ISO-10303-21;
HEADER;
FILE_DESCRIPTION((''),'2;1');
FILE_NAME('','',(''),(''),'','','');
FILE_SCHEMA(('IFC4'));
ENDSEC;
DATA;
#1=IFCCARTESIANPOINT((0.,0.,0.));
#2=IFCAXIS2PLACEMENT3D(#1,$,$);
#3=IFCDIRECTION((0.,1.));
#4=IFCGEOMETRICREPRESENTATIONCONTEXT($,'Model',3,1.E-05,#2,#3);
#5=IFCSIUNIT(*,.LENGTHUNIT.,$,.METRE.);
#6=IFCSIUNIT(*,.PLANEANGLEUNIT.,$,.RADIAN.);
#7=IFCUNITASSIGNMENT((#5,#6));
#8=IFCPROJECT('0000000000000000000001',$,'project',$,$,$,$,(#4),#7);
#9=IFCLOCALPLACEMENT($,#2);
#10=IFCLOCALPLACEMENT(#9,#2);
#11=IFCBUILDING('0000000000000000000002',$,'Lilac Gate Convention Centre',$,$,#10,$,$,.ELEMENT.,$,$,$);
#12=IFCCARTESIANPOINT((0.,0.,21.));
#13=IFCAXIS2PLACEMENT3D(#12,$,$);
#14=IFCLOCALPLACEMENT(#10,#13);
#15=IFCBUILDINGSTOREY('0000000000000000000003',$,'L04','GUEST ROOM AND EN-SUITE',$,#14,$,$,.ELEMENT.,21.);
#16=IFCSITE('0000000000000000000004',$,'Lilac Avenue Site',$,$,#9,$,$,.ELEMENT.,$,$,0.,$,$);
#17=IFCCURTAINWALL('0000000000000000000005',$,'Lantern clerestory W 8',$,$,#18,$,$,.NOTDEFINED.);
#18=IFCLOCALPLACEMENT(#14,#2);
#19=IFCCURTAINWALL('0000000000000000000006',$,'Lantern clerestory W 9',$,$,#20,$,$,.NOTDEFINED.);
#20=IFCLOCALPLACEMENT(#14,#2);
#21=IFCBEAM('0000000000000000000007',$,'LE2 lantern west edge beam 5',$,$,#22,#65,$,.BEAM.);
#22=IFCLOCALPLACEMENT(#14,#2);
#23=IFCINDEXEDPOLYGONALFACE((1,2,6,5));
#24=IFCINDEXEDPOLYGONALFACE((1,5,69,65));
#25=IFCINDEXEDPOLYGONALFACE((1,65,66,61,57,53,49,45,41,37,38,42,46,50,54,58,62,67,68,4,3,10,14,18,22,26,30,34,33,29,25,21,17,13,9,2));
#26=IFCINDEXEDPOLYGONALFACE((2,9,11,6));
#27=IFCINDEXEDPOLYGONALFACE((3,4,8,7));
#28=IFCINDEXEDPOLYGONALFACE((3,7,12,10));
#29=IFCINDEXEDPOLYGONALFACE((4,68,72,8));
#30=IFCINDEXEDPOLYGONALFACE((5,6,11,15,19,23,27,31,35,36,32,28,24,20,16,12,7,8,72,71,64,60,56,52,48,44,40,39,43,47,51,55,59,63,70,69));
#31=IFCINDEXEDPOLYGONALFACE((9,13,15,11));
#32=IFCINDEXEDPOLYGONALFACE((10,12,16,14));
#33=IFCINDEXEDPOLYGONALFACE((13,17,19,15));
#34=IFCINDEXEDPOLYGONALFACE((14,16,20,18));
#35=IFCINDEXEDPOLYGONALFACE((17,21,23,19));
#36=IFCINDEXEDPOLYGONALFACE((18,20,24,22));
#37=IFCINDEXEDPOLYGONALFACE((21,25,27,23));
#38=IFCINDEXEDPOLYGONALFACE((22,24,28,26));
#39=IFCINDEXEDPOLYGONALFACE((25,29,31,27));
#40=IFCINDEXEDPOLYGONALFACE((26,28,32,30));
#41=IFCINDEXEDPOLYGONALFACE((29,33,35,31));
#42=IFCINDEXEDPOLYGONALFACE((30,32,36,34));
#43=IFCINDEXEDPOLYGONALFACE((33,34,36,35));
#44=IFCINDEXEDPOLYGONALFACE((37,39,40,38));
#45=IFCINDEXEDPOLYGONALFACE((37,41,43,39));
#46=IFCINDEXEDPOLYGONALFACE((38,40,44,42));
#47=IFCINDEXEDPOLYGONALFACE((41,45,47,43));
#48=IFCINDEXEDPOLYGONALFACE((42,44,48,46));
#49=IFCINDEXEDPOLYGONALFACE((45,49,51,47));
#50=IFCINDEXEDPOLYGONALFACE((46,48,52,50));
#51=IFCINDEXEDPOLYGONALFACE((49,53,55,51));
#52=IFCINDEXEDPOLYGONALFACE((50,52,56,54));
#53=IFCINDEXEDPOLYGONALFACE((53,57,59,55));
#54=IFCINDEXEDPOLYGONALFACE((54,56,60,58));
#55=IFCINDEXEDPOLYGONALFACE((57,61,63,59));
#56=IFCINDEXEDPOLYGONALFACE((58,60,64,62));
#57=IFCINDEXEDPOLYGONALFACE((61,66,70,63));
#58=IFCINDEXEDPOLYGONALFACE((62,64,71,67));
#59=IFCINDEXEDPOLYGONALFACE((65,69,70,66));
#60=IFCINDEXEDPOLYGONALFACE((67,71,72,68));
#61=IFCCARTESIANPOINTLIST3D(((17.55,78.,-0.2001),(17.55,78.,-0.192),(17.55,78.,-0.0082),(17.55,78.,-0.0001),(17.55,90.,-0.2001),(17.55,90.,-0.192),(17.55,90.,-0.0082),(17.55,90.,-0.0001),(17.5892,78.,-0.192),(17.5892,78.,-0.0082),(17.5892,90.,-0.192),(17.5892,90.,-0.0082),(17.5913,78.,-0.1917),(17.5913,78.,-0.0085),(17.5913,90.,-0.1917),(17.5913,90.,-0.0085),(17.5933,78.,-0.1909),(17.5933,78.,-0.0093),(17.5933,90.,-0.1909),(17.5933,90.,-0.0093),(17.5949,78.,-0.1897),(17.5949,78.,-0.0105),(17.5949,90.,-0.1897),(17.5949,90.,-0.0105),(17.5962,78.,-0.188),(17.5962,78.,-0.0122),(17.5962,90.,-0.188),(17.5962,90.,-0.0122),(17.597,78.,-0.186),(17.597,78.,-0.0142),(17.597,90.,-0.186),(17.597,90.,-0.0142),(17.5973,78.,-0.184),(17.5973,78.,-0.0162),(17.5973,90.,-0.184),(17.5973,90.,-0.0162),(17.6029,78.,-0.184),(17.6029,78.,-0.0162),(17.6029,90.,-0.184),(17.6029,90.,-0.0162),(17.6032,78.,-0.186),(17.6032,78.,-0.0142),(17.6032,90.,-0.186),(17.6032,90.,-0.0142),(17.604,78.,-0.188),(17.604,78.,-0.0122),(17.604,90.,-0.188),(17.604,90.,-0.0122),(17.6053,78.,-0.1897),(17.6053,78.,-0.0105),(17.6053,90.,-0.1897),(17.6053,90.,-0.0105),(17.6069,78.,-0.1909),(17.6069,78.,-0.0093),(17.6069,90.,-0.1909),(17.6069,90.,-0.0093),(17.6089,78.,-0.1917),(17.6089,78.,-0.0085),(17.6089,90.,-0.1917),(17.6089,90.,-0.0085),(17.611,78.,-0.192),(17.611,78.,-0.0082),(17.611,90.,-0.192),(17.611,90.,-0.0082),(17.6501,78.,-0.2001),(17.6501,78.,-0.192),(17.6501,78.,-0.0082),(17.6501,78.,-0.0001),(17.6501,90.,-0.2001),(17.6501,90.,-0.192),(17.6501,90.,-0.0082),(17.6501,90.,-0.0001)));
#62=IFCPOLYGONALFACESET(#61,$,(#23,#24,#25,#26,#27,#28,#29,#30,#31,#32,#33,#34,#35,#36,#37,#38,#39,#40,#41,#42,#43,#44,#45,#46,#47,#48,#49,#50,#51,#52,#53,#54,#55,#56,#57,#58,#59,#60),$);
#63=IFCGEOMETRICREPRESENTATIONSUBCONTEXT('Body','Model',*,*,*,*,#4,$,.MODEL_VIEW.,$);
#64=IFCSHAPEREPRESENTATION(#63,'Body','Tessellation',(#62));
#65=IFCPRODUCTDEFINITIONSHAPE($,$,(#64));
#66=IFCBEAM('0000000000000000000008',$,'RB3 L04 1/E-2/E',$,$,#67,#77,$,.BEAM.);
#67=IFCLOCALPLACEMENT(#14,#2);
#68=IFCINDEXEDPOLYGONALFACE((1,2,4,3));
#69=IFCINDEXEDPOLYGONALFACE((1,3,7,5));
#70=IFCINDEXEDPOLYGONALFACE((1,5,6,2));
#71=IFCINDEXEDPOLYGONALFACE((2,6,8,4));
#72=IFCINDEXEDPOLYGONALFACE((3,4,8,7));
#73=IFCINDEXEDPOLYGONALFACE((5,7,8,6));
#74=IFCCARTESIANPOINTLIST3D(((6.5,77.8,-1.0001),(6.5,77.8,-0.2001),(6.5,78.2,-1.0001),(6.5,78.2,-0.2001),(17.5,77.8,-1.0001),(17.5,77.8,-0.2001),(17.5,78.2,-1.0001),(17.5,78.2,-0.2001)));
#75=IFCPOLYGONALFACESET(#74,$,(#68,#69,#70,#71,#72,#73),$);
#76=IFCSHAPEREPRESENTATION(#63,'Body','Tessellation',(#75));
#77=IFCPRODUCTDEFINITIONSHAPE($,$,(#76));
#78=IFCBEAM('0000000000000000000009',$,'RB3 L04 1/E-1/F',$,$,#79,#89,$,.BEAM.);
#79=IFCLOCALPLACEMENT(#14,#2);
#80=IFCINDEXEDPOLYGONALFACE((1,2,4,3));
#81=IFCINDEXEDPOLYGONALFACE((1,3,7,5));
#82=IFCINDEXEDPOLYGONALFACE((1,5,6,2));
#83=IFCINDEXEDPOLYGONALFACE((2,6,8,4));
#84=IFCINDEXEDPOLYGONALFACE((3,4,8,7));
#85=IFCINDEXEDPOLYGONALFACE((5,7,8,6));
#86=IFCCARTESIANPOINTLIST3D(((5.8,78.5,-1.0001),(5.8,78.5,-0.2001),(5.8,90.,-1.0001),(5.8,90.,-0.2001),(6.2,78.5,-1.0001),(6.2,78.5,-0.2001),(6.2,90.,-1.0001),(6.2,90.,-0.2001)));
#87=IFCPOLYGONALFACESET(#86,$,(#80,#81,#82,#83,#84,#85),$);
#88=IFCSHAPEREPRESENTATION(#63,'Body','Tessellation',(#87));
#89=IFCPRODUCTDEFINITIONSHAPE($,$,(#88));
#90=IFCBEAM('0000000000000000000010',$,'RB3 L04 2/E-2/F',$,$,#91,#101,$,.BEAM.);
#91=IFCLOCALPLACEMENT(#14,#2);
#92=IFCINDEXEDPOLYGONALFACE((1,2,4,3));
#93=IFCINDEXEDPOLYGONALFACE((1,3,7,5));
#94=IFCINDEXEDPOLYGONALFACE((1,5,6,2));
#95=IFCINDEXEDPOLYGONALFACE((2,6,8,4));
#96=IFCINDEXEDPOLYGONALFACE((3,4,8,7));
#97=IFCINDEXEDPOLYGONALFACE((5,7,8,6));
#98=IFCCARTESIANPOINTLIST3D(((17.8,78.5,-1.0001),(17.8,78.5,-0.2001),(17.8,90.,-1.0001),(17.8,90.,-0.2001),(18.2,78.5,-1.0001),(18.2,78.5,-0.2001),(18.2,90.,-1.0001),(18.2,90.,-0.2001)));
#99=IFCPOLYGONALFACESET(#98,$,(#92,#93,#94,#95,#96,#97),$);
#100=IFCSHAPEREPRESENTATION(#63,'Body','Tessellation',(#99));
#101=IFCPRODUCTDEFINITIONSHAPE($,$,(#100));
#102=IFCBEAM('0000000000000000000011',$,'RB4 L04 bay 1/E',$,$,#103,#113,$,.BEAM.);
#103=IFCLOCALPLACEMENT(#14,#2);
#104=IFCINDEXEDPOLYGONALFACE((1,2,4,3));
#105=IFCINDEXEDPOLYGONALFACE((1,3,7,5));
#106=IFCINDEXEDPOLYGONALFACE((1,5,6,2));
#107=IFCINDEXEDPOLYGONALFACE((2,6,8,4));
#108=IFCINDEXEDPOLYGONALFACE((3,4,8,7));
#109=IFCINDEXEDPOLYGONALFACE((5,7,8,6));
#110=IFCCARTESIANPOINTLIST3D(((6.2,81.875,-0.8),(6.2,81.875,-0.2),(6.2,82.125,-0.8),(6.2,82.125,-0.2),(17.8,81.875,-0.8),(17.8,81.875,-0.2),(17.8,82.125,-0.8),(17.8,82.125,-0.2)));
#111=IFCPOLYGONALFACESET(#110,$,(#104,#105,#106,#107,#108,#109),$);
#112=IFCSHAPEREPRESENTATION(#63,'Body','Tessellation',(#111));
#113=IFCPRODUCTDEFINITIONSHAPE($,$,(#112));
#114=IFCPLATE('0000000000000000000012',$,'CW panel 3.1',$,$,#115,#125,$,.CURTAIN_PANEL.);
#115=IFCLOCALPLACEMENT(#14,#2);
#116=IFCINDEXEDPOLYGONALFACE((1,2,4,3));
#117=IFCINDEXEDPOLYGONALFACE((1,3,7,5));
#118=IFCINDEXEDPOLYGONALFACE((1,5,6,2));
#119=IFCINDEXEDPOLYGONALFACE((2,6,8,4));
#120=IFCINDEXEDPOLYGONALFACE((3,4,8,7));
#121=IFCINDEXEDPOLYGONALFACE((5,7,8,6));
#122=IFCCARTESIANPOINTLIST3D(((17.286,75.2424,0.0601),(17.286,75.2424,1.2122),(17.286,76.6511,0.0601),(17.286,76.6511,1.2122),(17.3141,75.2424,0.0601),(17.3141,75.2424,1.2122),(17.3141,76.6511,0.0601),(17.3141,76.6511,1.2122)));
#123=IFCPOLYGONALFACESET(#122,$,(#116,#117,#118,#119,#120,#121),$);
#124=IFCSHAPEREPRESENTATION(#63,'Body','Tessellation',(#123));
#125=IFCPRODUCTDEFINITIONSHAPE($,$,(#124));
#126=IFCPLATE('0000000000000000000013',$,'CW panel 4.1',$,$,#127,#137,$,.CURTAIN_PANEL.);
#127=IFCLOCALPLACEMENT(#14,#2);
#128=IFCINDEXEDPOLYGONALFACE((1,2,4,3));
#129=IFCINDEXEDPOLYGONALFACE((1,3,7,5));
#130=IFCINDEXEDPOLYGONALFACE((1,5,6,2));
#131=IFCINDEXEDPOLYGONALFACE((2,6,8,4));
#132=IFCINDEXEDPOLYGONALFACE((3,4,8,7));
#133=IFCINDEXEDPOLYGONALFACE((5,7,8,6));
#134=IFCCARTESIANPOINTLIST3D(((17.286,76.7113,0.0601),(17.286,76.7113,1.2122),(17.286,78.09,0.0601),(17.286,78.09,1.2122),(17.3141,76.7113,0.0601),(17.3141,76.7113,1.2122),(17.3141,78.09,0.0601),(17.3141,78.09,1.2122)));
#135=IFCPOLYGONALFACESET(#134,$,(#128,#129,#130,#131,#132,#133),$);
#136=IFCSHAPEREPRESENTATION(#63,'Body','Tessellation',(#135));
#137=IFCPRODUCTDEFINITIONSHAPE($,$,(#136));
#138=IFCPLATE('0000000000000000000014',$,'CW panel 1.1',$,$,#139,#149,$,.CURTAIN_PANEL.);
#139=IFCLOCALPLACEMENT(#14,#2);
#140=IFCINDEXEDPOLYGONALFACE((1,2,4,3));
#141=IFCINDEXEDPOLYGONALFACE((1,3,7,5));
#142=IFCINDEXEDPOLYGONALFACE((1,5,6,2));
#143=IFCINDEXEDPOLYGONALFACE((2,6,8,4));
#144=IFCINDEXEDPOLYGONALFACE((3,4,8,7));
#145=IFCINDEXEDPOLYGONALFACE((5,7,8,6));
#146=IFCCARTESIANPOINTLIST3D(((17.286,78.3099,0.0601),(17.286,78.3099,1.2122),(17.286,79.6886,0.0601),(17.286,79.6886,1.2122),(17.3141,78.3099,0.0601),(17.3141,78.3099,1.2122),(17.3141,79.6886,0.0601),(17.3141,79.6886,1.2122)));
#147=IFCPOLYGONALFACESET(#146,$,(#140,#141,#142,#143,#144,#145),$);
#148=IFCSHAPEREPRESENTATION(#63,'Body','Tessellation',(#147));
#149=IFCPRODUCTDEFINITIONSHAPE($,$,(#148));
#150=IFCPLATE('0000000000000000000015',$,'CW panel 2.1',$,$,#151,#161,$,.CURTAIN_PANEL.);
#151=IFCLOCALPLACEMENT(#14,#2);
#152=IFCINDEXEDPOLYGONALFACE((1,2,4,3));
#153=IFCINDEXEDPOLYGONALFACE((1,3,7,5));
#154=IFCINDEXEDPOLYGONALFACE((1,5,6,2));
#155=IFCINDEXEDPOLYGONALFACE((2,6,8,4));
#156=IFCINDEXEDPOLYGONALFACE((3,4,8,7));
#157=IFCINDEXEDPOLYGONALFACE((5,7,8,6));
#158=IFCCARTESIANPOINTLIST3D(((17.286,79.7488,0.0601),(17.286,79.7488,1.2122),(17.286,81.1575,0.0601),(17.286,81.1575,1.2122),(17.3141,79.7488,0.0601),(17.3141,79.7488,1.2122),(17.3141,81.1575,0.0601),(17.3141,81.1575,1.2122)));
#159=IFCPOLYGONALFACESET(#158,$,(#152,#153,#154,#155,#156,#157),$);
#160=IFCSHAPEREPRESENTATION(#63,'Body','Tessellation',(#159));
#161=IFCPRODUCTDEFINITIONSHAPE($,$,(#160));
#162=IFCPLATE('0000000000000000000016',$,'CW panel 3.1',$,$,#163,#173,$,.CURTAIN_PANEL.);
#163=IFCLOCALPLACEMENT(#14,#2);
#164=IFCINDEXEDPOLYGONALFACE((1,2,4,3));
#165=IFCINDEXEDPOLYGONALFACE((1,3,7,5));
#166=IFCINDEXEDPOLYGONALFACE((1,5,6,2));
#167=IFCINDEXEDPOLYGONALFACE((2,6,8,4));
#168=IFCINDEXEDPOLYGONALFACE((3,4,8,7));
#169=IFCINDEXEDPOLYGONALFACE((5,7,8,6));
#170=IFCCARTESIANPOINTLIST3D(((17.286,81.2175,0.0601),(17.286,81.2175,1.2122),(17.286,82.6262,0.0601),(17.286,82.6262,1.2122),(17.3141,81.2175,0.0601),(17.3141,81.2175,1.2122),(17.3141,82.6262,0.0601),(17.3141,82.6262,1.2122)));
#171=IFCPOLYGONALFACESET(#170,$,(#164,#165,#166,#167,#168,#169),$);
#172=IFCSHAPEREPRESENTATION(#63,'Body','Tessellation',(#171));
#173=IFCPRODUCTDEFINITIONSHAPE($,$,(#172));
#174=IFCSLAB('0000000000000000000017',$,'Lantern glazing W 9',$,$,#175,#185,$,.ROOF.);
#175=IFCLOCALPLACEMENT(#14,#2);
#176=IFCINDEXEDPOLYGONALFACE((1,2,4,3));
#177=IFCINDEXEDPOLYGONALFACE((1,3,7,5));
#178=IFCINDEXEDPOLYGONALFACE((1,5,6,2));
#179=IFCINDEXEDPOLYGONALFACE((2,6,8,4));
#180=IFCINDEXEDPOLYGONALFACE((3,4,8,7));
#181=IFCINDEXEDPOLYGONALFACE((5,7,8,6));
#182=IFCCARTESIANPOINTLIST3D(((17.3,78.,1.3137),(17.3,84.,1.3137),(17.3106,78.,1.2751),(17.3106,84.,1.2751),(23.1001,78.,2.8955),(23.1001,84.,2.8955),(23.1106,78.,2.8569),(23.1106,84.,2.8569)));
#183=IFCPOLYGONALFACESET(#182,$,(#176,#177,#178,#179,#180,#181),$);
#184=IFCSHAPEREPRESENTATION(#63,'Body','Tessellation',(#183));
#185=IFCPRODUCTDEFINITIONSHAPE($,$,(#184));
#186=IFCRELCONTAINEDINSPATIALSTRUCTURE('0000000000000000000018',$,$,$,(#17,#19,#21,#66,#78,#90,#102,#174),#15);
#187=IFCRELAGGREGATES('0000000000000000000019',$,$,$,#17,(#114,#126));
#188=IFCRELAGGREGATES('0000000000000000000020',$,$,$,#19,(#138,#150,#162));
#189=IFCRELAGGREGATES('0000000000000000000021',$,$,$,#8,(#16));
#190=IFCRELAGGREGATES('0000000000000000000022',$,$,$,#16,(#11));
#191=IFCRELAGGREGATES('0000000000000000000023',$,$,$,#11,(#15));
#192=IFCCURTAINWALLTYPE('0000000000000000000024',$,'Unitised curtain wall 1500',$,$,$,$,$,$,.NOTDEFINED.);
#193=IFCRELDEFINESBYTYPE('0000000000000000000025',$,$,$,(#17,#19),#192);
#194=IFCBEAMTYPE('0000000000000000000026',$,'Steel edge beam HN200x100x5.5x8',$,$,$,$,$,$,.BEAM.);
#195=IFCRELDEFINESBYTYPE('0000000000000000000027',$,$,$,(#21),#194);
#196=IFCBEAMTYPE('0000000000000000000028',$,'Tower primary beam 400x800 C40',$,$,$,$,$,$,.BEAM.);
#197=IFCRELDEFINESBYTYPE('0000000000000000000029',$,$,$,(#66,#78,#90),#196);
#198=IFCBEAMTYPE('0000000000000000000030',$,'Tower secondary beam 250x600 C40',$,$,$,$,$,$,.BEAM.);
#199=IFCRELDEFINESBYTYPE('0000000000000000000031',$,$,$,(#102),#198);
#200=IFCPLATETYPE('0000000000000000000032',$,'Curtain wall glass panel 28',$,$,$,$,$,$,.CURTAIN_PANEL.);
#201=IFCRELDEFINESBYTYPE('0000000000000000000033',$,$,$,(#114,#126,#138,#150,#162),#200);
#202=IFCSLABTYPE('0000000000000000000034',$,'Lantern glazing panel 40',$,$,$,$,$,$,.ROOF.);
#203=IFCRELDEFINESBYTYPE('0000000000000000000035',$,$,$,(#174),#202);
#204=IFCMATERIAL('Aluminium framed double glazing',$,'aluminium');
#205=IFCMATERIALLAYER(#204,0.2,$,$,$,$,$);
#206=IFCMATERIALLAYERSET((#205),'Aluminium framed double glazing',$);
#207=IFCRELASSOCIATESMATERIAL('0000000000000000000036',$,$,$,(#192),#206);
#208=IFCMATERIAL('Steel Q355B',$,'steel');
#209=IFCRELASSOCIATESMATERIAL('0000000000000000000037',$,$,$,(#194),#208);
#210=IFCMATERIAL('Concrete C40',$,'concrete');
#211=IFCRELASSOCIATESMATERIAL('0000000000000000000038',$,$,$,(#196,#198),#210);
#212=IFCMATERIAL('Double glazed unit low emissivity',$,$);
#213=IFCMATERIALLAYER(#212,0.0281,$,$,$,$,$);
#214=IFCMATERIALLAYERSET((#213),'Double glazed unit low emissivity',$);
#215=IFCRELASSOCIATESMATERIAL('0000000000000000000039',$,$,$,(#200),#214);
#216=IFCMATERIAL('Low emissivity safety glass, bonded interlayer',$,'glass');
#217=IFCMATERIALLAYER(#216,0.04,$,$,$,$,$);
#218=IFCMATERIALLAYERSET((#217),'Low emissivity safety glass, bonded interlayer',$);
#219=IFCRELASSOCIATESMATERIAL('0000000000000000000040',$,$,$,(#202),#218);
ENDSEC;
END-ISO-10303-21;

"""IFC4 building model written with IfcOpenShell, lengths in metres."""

from ifc_helpers import new_model, si_unit, direction, frame, origin, origin_2d, place, context, subcontext, project, spatial, polyline, rectangle, i_section, outline, extrude, material, layer, layer_set, material_profile, profile_set, type_object, element, aggregate, save


model = new_model("IFC4")

# Units and contexts
model_context = context("Model", 3, precision=1e-05, world=origin(), true_north=direction((0.0, 1.0)))
body_context = subcontext(model_context, "Body", "Model", "MODEL_VIEW")
ifc_project = project(units=[si_unit("LENGTHUNIT", "METRE"), si_unit("PLANEANGLEUNIT", "RADIAN")], contexts=[model_context])

# Site, building, storey
site_placement = place(None, origin())
site = spatial("IfcSite", under=ifc_project, at=site_placement, Name="Lilac Avenue Site", CompositionType="ELEMENT", RefElevation=0.0)
building_placement = place(site_placement, origin())
building = spatial("IfcBuilding", under=site, at=building_placement, Name="Lilac Gate Convention Centre", CompositionType="ELEMENT")
storey_placement = place(building_placement, frame((0.0, 0.0, 21.0)))
storey = spatial("IfcBuildingStorey", under=building, at=storey_placement, Name="L04", Description="GUEST ROOM AND EN-SUITE", CompositionType="ELEMENT", Elevation=21.0)

# Curtain walls
ifc_material_1 = material(Name="Aluminium framed double glazing", Category="aluminium")
ifc_layer_1 = layer(ifc_material_1, 0.2)
ifc_layer_set_1 = layer_set([ifc_layer_1], Name="Aluminium framed double glazing")
curtain_wall_type = type_object("IfcCurtainWallType", Name="Unitised curtain wall 1500", PredefinedType="NOTDEFINED", material=ifc_layer_set_1)
curtain_wall_1_placement = place(storey_placement, origin())
curtain_wall_1 = element("IfcCurtainWall", 1, at=curtain_wall_1_placement, inside=storey, type_object=curtain_wall_type, Name="Lantern clerestory W 8", PredefinedType="NOTDEFINED")
curtain_wall_2_placement = place(storey_placement, origin())
curtain_wall_2 = element("IfcCurtainWall", 2, at=curtain_wall_2_placement, inside=storey, type_object=curtain_wall_type, Name="Lantern clerestory W 9", PredefinedType="NOTDEFINED")

# Shared definitions
ifc_material_2 = material(Name="Steel Q355B", Category="steel")

# Beams
ifc_material_profile_1 = material_profile(ifc_material_2, i_section(OverallWidth=0.1001, OverallDepth=0.2, WebThickness=0.0056, FlangeThickness=0.0081, FilletRadius=0.0081, at=origin_2d()), Name="HN200x100x5.5x8")
ifc_profile_set_1 = profile_set([ifc_material_profile_1], Name="Steel Q355B")
beam_type_1 = type_object("IfcBeamType", Name="Steel edge beam HN200x100x5.5x8", PredefinedType="BEAM", material=ifc_profile_set_1)
beam_1_placement = place(storey_placement, frame((17.6001, 78.0, -0.1001), z_axis=(0.0, 1.0, 0.0), x_axis=(-1.0, 0.0, 0.0)))
element("IfcBeam", 3, at=beam_1_placement, inside=storey, type_object=beam_type_1, Name="LE2 lantern west edge beam 5", PredefinedType="BEAM", context=body_context, shape_type="SweptSolid", body=[
    extrude(i_section(OverallWidth=0.1001, OverallDepth=0.2, WebThickness=0.0056, FlangeThickness=0.0081, FilletRadius=0.0081, at=origin_2d()), origin(), (0.0, 0.0, 1.0), 12.0),
])
ifc_material_3 = material(Name="Concrete C40", Category="concrete")
ifc_material_profile_2 = material_profile(ifc_material_3, rectangle(XDim=0.3999, YDim=0.8, at=origin_2d()), Name="RC 400x800")
ifc_profile_set_2 = profile_set([ifc_material_profile_2], Name="Concrete C40")
beam_type_2 = type_object("IfcBeamType", Name="Tower primary beam 400x800 C40", PredefinedType="BEAM", material=ifc_profile_set_2)
beam_2_placement = place(storey_placement, frame((6.5, 78.0, -0.6001), z_axis=(1.0, 0.0, 0.0), x_axis=(0.0, 1.0, 0.0)))
element("IfcBeam", 4, at=beam_2_placement, inside=storey, type_object=beam_type_2, Name="RB3 L04 1/E-2/E", PredefinedType="BEAM", context=body_context, shape_type="SweptSolid", body=[
    extrude(rectangle(XDim=0.3999, YDim=0.8, at=origin_2d()), origin(), (0.0, 0.0, 1.0), 11.0),
])
for number, where, z_axis, x_axis, name in (
    (5, (6.0, 78.5, -0.6001), (0.0, 1.0, 0.0), (-1.0, 0.0, 0.0), "RB3 L04 1/E-1/F"),
    (6, (18.0, 78.5, -0.6001), (0.0, 1.0, 0.0), (-1.0, 0.0, 0.0), "RB3 L04 2/E-2/F"),
):
    element("IfcBeam", number, at=place(storey_placement, frame(where, z_axis=z_axis, x_axis=x_axis)), inside=storey, type_object=beam_type_2, Name=name, PredefinedType="BEAM", context=body_context, shape_type="SweptSolid", body=[
        extrude(rectangle(XDim=0.3999, YDim=0.8, at=origin_2d()), origin(), (0.0, 0.0, 1.0), 11.5),
    ])
ifc_material_profile_3 = material_profile(ifc_material_3, rectangle(XDim=0.25, YDim=0.6001, at=origin_2d()), Name="RC 250x600")
ifc_profile_set_3 = profile_set([ifc_material_profile_3], Name="Concrete C40")
beam_type_3 = type_object("IfcBeamType", Name="Tower secondary beam 250x600 C40", PredefinedType="BEAM", material=ifc_profile_set_3)
beam_3_placement = place(storey_placement, frame((6.2, 82.0, -0.5), z_axis=(1.0, 0.0, 0.0), x_axis=(0.0, 1.0, 0.0)))
element("IfcBeam", 7, at=beam_3_placement, inside=storey, type_object=beam_type_3, Name="RB4 L04 bay 1/E", PredefinedType="BEAM", context=body_context, shape_type="SweptSolid", body=[
    extrude(rectangle(XDim=0.25, YDim=0.6001, at=origin_2d()), origin(), (0.0, 0.0, 1.0), 11.6001),
])

# Plates
ifc_material_4 = material(Name="Double glazed unit low emissivity")
ifc_layer_2 = layer(ifc_material_4, 0.0281)
ifc_layer_set_2 = layer_set([ifc_layer_2], Name="Double glazed unit low emissivity")
plate_type = type_object("IfcPlateType", Name="Curtain wall glass panel 28", PredefinedType="CURTAIN_PANEL", material=ifc_layer_set_2)
plate_1_placement = place(storey_placement, frame((17.3, 75.9468, 0.0601), z_axis=(0.0, 0.0, 1.0), x_axis=(0.0, 1.0, 0.0)))
plate_1 = element("IfcPlate", 8, at=plate_1_placement, type_object=plate_type, Name="CW panel 3.1", PredefinedType="CURTAIN_PANEL", context=body_context, shape_type="SweptSolid", body=[
    extrude(rectangle(XDim=1.4087, YDim=0.0281, at=origin_2d()), origin(), (0.0, 0.0, 1.0), 1.1521),
])
plate_2_placement = place(storey_placement, frame((17.3, 77.4006, 0.0601), z_axis=(0.0, 0.0, 1.0), x_axis=(0.0, 1.0, 0.0)))
plate_2 = element("IfcPlate", 9, at=plate_2_placement, type_object=plate_type, Name="CW panel 4.1", PredefinedType="CURTAIN_PANEL", context=body_context, shape_type="SweptSolid", body=[
    extrude(rectangle(XDim=1.3787, YDim=0.0281, at=origin_2d()), origin(), (0.0, 0.0, 1.0), 1.1521),
])
aggregate(curtain_wall_1, [plate_1, plate_2])
plate_3_placement = place(storey_placement, frame((17.3, 78.9993, 0.0601), z_axis=(0.0, 0.0, 1.0), x_axis=(0.0, 1.0, 0.0)))
plate_3 = element("IfcPlate", 10, at=plate_3_placement, type_object=plate_type, Name="CW panel 1.1", PredefinedType="CURTAIN_PANEL", context=body_context, shape_type="SweptSolid", body=[
    extrude(rectangle(XDim=1.3787, YDim=0.0281, at=origin_2d()), origin(), (0.0, 0.0, 1.0), 1.1521),
])
plate_4_placement = place(storey_placement, frame((17.3, 80.4531, 0.0601), z_axis=(0.0, 0.0, 1.0), x_axis=(0.0, 1.0, 0.0)))
plate_4 = element("IfcPlate", 11, at=plate_4_placement, type_object=plate_type, Name="CW panel 2.1", PredefinedType="CURTAIN_PANEL", context=body_context, shape_type="SweptSolid", body=[
    extrude(rectangle(XDim=1.4087, YDim=0.0281, at=origin_2d()), origin(), (0.0, 0.0, 1.0), 1.1521),
])
plate_5_placement = place(storey_placement, frame((17.3, 81.9219, 0.0601), z_axis=(0.0, 0.0, 1.0), x_axis=(0.0, 1.0, 0.0)))
plate_5 = element("IfcPlate", 12, at=plate_5_placement, type_object=plate_type, Name="CW panel 3.1", PredefinedType="CURTAIN_PANEL", context=body_context, shape_type="SweptSolid", body=[
    extrude(rectangle(XDim=1.4087, YDim=0.0281, at=origin_2d()), origin(), (0.0, 0.0, 1.0), 1.1521),
])
aggregate(curtain_wall_2, [plate_3, plate_4, plate_5])

# Slab
ifc_material_5 = material(Name="Low emissivity safety glass, bonded interlayer", Category="glass")
ifc_layer_3 = layer(ifc_material_5, 0.04)
ifc_layer_set_3 = layer_set([ifc_layer_3], Name="Low emissivity safety glass, bonded interlayer")
slab_type = type_object("IfcSlabType", Name="Lantern glazing panel 40", PredefinedType="ROOF", material=ifc_layer_set_3)
slab_placement = place(storey_placement, frame((17.3, 78.0, 1.3137), z_axis=(-0.263111, 0.0, 0.964766), x_axis=(0.964766, 0.0, 0.263111)))
element("IfcSlab", 13, at=slab_placement, inside=storey, type_object=slab_type, Name="Lantern glazing W 9", PredefinedType="ROOF", context=body_context, shape_type="SweptSolid", body=[
    extrude(outline(polyline([(0.0, 0.0), (6.0119, 0.0), (6.0119, 6.0), (0.0, 6.0), (0.0, 0.0)])), origin(), (0.0, 0.0, -1.0), 0.04),
])

save(model, "model.ifc")
